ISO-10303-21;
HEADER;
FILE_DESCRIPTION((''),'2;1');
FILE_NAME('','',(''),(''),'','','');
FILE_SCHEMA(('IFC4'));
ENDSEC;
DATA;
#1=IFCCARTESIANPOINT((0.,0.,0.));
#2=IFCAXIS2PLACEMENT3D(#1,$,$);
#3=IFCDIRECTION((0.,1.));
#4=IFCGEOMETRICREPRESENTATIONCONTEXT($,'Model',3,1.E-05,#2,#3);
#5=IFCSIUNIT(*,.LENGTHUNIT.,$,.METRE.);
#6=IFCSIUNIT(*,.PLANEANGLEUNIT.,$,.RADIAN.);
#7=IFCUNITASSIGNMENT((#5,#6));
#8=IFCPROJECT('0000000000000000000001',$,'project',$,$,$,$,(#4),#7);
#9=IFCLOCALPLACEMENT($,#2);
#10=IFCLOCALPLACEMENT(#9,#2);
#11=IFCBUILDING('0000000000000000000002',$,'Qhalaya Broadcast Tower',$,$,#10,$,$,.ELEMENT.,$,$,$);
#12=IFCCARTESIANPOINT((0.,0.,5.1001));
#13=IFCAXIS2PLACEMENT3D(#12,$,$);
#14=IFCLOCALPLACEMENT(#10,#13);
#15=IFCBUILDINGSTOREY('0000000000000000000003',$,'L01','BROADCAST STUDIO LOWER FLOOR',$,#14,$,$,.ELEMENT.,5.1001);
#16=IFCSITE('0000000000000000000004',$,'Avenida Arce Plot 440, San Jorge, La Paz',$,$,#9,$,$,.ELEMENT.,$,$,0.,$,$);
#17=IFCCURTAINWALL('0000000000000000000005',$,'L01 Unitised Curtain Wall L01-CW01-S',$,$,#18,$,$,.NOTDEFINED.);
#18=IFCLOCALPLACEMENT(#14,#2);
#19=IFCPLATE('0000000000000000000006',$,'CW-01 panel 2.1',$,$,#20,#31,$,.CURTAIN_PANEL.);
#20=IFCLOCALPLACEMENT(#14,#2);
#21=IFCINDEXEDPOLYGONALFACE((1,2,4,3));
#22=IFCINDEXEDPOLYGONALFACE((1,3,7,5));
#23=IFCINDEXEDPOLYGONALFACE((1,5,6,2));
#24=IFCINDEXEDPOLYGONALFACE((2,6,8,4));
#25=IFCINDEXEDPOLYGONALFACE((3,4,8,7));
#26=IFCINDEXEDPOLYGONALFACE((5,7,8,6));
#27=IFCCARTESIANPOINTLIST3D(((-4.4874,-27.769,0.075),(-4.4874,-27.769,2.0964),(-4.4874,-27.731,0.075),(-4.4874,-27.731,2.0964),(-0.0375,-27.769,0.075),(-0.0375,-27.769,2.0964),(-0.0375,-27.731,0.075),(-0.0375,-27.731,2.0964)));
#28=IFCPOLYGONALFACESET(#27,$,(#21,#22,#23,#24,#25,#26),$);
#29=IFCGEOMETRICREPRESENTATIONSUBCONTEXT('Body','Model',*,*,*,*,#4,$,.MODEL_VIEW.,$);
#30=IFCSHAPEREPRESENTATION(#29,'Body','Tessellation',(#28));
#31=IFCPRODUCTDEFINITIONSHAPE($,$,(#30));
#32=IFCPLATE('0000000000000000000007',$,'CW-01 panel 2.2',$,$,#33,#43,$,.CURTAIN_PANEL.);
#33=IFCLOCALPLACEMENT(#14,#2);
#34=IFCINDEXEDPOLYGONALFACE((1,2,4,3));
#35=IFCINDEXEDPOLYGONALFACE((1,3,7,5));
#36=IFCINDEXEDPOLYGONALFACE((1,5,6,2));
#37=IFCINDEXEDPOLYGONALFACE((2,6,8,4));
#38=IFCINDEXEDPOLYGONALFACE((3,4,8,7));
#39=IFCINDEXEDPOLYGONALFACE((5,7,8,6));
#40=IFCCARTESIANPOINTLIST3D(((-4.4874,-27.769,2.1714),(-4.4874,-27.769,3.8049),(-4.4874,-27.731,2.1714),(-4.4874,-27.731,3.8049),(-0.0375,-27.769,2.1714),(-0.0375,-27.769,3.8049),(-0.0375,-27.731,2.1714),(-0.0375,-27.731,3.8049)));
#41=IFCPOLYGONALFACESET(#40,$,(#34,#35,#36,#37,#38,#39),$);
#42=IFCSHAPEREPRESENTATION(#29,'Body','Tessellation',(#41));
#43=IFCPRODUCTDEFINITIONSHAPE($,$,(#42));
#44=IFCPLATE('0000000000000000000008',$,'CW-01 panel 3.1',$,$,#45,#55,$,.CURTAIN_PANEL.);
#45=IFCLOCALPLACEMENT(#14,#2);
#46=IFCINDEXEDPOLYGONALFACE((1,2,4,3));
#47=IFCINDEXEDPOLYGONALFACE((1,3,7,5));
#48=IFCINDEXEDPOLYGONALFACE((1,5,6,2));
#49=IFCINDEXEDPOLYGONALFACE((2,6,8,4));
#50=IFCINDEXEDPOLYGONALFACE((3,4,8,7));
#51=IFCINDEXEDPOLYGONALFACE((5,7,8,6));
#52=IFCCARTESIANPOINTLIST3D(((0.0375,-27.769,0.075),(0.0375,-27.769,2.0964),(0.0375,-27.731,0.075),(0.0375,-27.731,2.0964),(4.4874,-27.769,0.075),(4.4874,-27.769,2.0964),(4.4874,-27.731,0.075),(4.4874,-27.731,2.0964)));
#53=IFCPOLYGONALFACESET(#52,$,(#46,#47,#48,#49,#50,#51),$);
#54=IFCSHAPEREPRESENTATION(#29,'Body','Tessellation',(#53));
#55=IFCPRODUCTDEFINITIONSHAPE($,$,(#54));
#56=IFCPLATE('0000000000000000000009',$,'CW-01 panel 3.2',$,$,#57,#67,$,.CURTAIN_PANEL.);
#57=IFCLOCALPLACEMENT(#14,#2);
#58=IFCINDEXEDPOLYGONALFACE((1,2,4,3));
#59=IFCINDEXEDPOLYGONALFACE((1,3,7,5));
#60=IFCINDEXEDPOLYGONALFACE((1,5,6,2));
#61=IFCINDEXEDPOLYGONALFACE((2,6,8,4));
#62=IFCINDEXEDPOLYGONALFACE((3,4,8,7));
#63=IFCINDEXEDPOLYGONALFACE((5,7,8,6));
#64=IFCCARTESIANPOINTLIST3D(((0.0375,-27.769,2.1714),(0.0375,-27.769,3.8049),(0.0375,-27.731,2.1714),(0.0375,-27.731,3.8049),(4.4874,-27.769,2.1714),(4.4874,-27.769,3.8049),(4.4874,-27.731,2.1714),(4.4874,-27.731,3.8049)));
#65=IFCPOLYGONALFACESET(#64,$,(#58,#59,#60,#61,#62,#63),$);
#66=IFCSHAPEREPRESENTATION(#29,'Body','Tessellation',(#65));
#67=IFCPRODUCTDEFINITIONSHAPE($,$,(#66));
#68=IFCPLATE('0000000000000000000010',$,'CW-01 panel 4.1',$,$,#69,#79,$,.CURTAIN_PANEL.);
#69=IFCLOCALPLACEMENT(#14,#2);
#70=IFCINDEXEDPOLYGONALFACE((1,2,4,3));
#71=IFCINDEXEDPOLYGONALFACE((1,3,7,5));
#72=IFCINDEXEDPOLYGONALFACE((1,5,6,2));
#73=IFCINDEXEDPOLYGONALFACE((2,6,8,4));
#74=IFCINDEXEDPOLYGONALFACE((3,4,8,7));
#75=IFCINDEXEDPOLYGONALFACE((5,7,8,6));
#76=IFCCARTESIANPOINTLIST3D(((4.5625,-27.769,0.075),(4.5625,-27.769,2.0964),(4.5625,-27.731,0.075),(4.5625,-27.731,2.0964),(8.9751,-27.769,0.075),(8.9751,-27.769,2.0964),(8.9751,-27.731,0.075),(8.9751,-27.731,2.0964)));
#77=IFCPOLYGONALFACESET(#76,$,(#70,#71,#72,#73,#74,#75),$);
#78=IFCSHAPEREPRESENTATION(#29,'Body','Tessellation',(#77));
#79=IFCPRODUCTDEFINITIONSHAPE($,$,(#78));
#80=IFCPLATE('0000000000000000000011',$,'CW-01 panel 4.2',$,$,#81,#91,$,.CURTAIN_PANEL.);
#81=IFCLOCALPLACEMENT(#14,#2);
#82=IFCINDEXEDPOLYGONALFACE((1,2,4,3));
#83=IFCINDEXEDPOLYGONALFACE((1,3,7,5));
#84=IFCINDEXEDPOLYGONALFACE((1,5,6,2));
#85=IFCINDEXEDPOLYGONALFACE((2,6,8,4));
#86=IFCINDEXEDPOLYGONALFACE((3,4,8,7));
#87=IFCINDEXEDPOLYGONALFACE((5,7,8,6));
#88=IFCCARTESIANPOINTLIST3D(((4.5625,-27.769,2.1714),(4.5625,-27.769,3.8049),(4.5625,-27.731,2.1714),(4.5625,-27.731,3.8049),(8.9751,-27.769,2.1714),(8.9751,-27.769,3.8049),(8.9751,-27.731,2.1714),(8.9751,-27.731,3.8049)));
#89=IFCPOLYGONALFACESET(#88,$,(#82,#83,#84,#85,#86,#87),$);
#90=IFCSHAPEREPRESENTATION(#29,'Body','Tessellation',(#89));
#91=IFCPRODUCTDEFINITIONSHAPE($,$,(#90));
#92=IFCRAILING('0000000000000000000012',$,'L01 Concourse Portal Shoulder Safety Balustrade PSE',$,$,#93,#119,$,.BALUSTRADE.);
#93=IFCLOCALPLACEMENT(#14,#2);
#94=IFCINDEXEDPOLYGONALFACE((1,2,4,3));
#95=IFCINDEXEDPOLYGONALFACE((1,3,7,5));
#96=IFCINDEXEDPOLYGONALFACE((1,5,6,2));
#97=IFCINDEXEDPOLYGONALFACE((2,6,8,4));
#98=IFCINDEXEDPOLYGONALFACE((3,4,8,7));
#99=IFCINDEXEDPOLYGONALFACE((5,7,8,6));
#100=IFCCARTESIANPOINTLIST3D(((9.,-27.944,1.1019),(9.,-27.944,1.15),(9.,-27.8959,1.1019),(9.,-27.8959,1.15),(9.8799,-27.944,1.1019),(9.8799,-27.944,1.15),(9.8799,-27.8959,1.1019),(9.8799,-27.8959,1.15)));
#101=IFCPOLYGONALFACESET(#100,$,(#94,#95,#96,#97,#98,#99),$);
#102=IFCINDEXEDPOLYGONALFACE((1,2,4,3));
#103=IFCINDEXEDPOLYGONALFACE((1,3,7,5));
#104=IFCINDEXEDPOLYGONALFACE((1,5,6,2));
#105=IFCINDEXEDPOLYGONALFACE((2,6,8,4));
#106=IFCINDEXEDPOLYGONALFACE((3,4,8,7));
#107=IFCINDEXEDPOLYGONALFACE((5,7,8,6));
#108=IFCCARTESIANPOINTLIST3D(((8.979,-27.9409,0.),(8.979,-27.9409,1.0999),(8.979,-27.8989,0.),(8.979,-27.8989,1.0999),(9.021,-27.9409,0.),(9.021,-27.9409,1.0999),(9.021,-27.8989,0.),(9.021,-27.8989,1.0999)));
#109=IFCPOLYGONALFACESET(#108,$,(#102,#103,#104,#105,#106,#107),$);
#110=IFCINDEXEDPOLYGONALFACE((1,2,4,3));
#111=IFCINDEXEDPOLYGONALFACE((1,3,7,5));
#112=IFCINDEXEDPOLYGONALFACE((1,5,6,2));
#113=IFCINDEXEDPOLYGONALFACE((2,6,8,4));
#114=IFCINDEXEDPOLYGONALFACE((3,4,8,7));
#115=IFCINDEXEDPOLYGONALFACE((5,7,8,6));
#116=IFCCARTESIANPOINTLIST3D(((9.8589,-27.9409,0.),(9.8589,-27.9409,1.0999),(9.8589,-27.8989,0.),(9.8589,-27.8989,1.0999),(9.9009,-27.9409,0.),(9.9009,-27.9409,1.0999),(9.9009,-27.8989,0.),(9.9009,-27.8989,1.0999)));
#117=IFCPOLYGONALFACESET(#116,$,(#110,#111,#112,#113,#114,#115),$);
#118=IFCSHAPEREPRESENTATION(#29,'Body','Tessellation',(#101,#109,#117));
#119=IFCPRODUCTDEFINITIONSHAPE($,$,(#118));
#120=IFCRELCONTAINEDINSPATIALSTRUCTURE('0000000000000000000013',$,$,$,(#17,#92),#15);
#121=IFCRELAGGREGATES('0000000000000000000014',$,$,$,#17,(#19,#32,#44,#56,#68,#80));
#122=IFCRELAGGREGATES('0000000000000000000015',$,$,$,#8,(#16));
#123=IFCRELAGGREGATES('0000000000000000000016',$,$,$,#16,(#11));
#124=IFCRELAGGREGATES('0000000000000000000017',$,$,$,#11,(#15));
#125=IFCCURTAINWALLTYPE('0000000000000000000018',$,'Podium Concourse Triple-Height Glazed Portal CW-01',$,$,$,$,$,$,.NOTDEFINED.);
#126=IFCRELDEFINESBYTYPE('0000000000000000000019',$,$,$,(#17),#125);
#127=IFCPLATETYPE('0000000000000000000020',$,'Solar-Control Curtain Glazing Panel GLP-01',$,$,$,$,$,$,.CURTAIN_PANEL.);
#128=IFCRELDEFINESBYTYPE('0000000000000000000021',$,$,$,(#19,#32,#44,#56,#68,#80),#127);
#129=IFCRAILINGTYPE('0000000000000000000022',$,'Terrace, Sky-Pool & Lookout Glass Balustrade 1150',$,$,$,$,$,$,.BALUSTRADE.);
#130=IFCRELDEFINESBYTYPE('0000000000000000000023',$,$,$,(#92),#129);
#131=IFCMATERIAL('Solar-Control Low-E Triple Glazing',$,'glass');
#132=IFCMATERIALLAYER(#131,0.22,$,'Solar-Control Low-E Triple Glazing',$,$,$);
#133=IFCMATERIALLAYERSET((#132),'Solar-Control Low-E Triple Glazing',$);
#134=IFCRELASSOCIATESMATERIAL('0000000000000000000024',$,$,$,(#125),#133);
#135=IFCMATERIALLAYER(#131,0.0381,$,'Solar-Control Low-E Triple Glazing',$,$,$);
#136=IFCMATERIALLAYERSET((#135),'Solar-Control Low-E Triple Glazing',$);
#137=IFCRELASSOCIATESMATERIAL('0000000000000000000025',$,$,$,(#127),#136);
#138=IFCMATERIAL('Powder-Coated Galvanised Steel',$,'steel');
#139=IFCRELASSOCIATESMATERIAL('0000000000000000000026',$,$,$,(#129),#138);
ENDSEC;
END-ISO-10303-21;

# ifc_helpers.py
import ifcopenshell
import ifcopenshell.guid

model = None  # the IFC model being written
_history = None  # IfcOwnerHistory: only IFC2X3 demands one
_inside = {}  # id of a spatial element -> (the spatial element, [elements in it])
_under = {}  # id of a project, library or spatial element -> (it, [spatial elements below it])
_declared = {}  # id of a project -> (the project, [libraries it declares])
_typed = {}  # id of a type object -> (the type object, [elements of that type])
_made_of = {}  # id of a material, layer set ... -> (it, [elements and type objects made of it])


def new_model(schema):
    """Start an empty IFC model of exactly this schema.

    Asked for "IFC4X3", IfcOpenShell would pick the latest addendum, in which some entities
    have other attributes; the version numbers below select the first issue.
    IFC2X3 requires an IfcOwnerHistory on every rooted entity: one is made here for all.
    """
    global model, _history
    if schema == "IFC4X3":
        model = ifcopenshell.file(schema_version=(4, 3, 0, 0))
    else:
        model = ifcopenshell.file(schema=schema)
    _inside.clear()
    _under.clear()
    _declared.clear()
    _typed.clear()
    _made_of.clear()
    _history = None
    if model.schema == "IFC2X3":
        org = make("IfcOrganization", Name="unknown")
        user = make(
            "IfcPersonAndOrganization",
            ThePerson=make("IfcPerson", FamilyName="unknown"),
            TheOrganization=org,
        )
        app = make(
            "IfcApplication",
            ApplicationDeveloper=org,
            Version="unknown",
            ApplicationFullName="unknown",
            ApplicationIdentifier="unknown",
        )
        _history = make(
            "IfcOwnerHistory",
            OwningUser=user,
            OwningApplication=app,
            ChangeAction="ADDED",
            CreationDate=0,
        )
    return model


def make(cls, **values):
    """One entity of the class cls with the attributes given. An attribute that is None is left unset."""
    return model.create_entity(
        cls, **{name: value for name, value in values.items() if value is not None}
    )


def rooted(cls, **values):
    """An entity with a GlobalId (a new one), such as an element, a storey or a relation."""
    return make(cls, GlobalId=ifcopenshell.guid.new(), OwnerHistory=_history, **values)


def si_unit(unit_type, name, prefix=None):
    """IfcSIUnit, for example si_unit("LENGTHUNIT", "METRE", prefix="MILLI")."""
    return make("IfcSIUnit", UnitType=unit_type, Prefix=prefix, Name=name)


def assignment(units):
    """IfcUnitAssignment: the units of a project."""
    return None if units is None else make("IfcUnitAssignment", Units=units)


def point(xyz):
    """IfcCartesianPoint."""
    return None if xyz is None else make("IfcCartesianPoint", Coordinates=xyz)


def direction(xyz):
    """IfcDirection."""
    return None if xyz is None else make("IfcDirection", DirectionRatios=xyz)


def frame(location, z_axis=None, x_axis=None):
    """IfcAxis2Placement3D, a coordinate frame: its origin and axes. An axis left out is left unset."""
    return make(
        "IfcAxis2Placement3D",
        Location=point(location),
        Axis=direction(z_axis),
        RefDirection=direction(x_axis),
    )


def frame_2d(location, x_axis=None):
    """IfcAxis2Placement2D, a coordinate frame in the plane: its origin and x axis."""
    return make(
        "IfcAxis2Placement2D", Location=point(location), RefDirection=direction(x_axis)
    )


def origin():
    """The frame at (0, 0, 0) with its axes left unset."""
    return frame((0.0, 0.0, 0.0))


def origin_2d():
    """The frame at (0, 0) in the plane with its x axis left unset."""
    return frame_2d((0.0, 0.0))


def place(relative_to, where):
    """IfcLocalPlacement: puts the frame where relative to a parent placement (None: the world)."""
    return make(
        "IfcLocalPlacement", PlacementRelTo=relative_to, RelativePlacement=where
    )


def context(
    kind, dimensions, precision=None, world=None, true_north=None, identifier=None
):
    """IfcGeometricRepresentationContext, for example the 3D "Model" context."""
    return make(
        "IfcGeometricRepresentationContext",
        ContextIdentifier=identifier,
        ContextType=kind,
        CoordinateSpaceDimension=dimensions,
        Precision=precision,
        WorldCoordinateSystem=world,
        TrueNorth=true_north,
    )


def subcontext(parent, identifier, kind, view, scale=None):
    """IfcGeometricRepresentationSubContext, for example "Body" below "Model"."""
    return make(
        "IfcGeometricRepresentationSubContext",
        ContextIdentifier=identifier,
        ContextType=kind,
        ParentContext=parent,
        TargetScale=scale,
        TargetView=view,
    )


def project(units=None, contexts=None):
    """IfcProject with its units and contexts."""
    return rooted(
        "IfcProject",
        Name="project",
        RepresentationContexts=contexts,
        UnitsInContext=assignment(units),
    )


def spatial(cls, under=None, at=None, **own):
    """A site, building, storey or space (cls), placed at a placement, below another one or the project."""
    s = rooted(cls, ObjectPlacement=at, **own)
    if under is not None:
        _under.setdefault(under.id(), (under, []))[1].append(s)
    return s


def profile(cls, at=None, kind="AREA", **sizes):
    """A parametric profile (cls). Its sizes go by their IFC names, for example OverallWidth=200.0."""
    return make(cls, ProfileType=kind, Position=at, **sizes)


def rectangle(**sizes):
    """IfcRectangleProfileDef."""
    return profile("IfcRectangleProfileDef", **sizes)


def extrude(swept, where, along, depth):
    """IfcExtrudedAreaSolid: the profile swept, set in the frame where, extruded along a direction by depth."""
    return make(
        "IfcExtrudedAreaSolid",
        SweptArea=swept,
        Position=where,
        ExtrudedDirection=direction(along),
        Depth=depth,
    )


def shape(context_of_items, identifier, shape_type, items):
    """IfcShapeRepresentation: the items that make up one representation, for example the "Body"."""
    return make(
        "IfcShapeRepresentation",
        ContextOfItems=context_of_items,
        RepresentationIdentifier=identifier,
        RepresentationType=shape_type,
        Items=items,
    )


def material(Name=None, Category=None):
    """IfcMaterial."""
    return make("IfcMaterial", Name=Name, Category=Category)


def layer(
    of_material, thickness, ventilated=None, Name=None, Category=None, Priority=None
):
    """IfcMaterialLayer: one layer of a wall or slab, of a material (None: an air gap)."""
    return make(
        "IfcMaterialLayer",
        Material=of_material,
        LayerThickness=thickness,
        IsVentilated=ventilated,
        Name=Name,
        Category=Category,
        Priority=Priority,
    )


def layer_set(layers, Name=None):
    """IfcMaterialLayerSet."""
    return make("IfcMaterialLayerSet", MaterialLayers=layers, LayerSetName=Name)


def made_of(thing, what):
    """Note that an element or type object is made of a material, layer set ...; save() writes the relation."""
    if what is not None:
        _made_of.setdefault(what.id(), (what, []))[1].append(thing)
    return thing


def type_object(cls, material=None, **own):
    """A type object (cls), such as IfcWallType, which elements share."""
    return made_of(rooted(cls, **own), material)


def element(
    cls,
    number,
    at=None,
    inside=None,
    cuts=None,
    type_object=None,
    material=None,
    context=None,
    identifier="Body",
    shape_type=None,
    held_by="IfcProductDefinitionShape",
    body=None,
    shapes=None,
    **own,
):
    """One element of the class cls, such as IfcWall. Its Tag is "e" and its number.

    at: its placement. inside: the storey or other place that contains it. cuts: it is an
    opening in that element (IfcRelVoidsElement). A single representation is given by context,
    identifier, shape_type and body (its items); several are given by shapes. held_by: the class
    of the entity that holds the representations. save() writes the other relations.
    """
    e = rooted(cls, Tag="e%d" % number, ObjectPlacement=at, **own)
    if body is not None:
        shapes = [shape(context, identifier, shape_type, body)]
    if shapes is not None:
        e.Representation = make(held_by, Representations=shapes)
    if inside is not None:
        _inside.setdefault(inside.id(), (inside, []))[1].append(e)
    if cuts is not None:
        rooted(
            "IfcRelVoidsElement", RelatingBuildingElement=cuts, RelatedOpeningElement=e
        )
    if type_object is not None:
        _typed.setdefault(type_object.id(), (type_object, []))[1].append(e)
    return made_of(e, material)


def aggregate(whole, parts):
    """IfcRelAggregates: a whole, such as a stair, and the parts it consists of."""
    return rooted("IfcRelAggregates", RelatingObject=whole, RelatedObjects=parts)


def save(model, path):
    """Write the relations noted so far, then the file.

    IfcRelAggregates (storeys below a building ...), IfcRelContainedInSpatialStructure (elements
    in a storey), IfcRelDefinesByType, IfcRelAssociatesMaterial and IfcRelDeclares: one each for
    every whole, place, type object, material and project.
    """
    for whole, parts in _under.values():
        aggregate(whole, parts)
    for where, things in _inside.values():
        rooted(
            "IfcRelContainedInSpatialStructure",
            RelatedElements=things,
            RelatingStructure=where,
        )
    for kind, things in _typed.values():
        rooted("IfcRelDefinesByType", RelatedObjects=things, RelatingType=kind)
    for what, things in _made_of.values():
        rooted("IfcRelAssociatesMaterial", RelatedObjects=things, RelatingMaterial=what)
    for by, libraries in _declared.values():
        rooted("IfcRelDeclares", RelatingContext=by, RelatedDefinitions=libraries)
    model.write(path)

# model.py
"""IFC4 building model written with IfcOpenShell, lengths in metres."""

from ifc_helpers import new_model, si_unit, direction, frame, origin, origin_2d, place, context, subcontext, project, spatial, rectangle, extrude, material, layer, layer_set, type_object, element, aggregate, save


model = new_model("IFC4")

# Units and contexts
model_context = context("Model", 3, precision=1e-05, world=origin(), true_north=direction((0.0, 1.0)))
body_context = subcontext(model_context, "Body", "Model", "MODEL_VIEW")
ifc_project = project(units=[si_unit("LENGTHUNIT", "METRE"), si_unit("PLANEANGLEUNIT", "RADIAN")], contexts=[model_context])

# Site, building, storey
site_placement = place(None, origin())
site = spatial("IfcSite", under=ifc_project, at=site_placement, Name="Avenida Arce Plot 440, San Jorge, La Paz", CompositionType="ELEMENT", RefElevation=0.0)
building_placement = place(site_placement, origin())
building = spatial("IfcBuilding", under=site, at=building_placement, Name="Qhalaya Broadcast Tower", CompositionType="ELEMENT")
storey_placement = place(building_placement, frame((0.0, 0.0, 5.1001)))
storey = spatial("IfcBuildingStorey", under=building, at=storey_placement, Name="L01", Description="BROADCAST STUDIO LOWER FLOOR", CompositionType="ELEMENT", Elevation=5.1001)

# Curtain wall, plates
ifc_material_1 = material(Name="Solar-Control Low-E Triple Glazing", Category="glass")
ifc_layer_1 = layer(ifc_material_1, 0.22, Name="Solar-Control Low-E Triple Glazing")
ifc_layer_set_1 = layer_set([ifc_layer_1], Name="Solar-Control Low-E Triple Glazing")
curtain_wall_type = type_object("IfcCurtainWallType", Name="Podium Concourse Triple-Height Glazed Portal CW-01", PredefinedType="NOTDEFINED", material=ifc_layer_set_1)
curtain_wall_placement = place(storey_placement, origin())
curtain_wall = element("IfcCurtainWall", 1, at=curtain_wall_placement, inside=storey, type_object=curtain_wall_type, Name="L01 Unitised Curtain Wall L01-CW01-S", PredefinedType="NOTDEFINED")
ifc_layer_2 = layer(ifc_material_1, 0.0381, Name="Solar-Control Low-E Triple Glazing")
ifc_layer_set_2 = layer_set([ifc_layer_2], Name="Solar-Control Low-E Triple Glazing")
plate_type = type_object("IfcPlateType", Name="Solar-Control Curtain Glazing Panel GLP-01", PredefinedType="CURTAIN_PANEL", material=ifc_layer_set_2)
plate_1_placement = place(storey_placement, frame((-2.2625, -27.75, 0.075), z_axis=(0.0, 0.0, 1.0), x_axis=(1.0, 0.0, 0.0)))
plate_1 = element("IfcPlate", 2, at=plate_1_placement, type_object=plate_type, Name="CW-01 panel 2.1", PredefinedType="CURTAIN_PANEL", context=body_context, shape_type="SweptSolid", body=[
    extrude(rectangle(XDim=4.45, YDim=0.0381, at=origin_2d()), origin(), (0.0, 0.0, 1.0), 2.0215),
])
plate_2_placement = place(storey_placement, frame((-2.2625, -27.75, 2.1714), z_axis=(0.0, 0.0, 1.0), x_axis=(1.0, 0.0, 0.0)))
plate_2 = element("IfcPlate", 3, at=plate_2_placement, type_object=plate_type, Name="CW-01 panel 2.2", PredefinedType="CURTAIN_PANEL", context=body_context, shape_type="SweptSolid", body=[
    extrude(rectangle(XDim=4.45, YDim=0.0381, at=origin_2d()), origin(), (0.0, 0.0, 1.0), 1.6335),
])
plate_3_placement = place(storey_placement, frame((2.2625, -27.75, 0.075), z_axis=(0.0, 0.0, 1.0), x_axis=(1.0, 0.0, 0.0)))
plate_3 = element("IfcPlate", 4, at=plate_3_placement, type_object=plate_type, Name="CW-01 panel 3.1", PredefinedType="CURTAIN_PANEL", context=body_context, shape_type="SweptSolid", body=[
    extrude(rectangle(XDim=4.45, YDim=0.0381, at=origin_2d()), origin(), (0.0, 0.0, 1.0), 2.0215),
])
plate_4_placement = place(storey_placement, frame((2.2625, -27.75, 2.1714), z_axis=(0.0, 0.0, 1.0), x_axis=(1.0, 0.0, 0.0)))
plate_4 = element("IfcPlate", 5, at=plate_4_placement, type_object=plate_type, Name="CW-01 panel 3.2", PredefinedType="CURTAIN_PANEL", context=body_context, shape_type="SweptSolid", body=[
    extrude(rectangle(XDim=4.45, YDim=0.0381, at=origin_2d()), origin(), (0.0, 0.0, 1.0), 1.6335),
])
plate_5_placement = place(storey_placement, frame((6.7688, -27.75, 0.075), z_axis=(0.0, 0.0, 1.0), x_axis=(1.0, 0.0, 0.0)))
plate_5 = element("IfcPlate", 6, at=plate_5_placement, type_object=plate_type, Name="CW-01 panel 4.1", PredefinedType="CURTAIN_PANEL", context=body_context, shape_type="SweptSolid", body=[
    extrude(rectangle(XDim=4.4126, YDim=0.0381, at=origin_2d()), origin(), (0.0, 0.0, 1.0), 2.0215),
])
plate_6_placement = place(storey_placement, frame((6.7688, -27.75, 2.1714), z_axis=(0.0, 0.0, 1.0), x_axis=(1.0, 0.0, 0.0)))
plate_6 = element("IfcPlate", 7, at=plate_6_placement, type_object=plate_type, Name="CW-01 panel 4.2", PredefinedType="CURTAIN_PANEL", context=body_context, shape_type="SweptSolid", body=[
    extrude(rectangle(XDim=4.4126, YDim=0.0381, at=origin_2d()), origin(), (0.0, 0.0, 1.0), 1.6335),
])
aggregate(curtain_wall, [plate_1, plate_2, plate_3, plate_4, plate_5, plate_6])

# Railing
ifc_material_2 = material(Name="Powder-Coated Galvanised Steel", Category="steel")
railing_type = type_object("IfcRailingType", Name="Terrace, Sky-Pool & Lookout Glass Balustrade 1150", PredefinedType="BALUSTRADE", material=ifc_material_2)
railing_placement = place(storey_placement, frame((9.0, -27.9199, 0.0)))
element("IfcRailing", 8, at=railing_placement, inside=storey, type_object=railing_type, Name="L01 Concourse Portal Shoulder Safety Balustrade PSE", PredefinedType="BALUSTRADE", context=body_context, shape_type="SweptSolid", body=[
    extrude(rectangle(XDim=0.0481, YDim=0.0481, at=origin_2d()), frame((0.0, 0.0, 1.126), z_axis=(1.0, 0.0, 0.0), x_axis=(0.0, 1.0, 0.0)), (0.0, 0.0, 1.0), 0.8799),
    extrude(rectangle(XDim=0.042, YDim=0.042, at=origin_2d()), origin(), (0.0, 0.0, 1.0), 1.0999),
    extrude(rectangle(XDim=0.042, YDim=0.042, at=origin_2d()), frame((0.8799, 0.0, 0.0)), (0.0, 0.0, 1.0), 1.0999),
])

save(model, "model.ifc")
